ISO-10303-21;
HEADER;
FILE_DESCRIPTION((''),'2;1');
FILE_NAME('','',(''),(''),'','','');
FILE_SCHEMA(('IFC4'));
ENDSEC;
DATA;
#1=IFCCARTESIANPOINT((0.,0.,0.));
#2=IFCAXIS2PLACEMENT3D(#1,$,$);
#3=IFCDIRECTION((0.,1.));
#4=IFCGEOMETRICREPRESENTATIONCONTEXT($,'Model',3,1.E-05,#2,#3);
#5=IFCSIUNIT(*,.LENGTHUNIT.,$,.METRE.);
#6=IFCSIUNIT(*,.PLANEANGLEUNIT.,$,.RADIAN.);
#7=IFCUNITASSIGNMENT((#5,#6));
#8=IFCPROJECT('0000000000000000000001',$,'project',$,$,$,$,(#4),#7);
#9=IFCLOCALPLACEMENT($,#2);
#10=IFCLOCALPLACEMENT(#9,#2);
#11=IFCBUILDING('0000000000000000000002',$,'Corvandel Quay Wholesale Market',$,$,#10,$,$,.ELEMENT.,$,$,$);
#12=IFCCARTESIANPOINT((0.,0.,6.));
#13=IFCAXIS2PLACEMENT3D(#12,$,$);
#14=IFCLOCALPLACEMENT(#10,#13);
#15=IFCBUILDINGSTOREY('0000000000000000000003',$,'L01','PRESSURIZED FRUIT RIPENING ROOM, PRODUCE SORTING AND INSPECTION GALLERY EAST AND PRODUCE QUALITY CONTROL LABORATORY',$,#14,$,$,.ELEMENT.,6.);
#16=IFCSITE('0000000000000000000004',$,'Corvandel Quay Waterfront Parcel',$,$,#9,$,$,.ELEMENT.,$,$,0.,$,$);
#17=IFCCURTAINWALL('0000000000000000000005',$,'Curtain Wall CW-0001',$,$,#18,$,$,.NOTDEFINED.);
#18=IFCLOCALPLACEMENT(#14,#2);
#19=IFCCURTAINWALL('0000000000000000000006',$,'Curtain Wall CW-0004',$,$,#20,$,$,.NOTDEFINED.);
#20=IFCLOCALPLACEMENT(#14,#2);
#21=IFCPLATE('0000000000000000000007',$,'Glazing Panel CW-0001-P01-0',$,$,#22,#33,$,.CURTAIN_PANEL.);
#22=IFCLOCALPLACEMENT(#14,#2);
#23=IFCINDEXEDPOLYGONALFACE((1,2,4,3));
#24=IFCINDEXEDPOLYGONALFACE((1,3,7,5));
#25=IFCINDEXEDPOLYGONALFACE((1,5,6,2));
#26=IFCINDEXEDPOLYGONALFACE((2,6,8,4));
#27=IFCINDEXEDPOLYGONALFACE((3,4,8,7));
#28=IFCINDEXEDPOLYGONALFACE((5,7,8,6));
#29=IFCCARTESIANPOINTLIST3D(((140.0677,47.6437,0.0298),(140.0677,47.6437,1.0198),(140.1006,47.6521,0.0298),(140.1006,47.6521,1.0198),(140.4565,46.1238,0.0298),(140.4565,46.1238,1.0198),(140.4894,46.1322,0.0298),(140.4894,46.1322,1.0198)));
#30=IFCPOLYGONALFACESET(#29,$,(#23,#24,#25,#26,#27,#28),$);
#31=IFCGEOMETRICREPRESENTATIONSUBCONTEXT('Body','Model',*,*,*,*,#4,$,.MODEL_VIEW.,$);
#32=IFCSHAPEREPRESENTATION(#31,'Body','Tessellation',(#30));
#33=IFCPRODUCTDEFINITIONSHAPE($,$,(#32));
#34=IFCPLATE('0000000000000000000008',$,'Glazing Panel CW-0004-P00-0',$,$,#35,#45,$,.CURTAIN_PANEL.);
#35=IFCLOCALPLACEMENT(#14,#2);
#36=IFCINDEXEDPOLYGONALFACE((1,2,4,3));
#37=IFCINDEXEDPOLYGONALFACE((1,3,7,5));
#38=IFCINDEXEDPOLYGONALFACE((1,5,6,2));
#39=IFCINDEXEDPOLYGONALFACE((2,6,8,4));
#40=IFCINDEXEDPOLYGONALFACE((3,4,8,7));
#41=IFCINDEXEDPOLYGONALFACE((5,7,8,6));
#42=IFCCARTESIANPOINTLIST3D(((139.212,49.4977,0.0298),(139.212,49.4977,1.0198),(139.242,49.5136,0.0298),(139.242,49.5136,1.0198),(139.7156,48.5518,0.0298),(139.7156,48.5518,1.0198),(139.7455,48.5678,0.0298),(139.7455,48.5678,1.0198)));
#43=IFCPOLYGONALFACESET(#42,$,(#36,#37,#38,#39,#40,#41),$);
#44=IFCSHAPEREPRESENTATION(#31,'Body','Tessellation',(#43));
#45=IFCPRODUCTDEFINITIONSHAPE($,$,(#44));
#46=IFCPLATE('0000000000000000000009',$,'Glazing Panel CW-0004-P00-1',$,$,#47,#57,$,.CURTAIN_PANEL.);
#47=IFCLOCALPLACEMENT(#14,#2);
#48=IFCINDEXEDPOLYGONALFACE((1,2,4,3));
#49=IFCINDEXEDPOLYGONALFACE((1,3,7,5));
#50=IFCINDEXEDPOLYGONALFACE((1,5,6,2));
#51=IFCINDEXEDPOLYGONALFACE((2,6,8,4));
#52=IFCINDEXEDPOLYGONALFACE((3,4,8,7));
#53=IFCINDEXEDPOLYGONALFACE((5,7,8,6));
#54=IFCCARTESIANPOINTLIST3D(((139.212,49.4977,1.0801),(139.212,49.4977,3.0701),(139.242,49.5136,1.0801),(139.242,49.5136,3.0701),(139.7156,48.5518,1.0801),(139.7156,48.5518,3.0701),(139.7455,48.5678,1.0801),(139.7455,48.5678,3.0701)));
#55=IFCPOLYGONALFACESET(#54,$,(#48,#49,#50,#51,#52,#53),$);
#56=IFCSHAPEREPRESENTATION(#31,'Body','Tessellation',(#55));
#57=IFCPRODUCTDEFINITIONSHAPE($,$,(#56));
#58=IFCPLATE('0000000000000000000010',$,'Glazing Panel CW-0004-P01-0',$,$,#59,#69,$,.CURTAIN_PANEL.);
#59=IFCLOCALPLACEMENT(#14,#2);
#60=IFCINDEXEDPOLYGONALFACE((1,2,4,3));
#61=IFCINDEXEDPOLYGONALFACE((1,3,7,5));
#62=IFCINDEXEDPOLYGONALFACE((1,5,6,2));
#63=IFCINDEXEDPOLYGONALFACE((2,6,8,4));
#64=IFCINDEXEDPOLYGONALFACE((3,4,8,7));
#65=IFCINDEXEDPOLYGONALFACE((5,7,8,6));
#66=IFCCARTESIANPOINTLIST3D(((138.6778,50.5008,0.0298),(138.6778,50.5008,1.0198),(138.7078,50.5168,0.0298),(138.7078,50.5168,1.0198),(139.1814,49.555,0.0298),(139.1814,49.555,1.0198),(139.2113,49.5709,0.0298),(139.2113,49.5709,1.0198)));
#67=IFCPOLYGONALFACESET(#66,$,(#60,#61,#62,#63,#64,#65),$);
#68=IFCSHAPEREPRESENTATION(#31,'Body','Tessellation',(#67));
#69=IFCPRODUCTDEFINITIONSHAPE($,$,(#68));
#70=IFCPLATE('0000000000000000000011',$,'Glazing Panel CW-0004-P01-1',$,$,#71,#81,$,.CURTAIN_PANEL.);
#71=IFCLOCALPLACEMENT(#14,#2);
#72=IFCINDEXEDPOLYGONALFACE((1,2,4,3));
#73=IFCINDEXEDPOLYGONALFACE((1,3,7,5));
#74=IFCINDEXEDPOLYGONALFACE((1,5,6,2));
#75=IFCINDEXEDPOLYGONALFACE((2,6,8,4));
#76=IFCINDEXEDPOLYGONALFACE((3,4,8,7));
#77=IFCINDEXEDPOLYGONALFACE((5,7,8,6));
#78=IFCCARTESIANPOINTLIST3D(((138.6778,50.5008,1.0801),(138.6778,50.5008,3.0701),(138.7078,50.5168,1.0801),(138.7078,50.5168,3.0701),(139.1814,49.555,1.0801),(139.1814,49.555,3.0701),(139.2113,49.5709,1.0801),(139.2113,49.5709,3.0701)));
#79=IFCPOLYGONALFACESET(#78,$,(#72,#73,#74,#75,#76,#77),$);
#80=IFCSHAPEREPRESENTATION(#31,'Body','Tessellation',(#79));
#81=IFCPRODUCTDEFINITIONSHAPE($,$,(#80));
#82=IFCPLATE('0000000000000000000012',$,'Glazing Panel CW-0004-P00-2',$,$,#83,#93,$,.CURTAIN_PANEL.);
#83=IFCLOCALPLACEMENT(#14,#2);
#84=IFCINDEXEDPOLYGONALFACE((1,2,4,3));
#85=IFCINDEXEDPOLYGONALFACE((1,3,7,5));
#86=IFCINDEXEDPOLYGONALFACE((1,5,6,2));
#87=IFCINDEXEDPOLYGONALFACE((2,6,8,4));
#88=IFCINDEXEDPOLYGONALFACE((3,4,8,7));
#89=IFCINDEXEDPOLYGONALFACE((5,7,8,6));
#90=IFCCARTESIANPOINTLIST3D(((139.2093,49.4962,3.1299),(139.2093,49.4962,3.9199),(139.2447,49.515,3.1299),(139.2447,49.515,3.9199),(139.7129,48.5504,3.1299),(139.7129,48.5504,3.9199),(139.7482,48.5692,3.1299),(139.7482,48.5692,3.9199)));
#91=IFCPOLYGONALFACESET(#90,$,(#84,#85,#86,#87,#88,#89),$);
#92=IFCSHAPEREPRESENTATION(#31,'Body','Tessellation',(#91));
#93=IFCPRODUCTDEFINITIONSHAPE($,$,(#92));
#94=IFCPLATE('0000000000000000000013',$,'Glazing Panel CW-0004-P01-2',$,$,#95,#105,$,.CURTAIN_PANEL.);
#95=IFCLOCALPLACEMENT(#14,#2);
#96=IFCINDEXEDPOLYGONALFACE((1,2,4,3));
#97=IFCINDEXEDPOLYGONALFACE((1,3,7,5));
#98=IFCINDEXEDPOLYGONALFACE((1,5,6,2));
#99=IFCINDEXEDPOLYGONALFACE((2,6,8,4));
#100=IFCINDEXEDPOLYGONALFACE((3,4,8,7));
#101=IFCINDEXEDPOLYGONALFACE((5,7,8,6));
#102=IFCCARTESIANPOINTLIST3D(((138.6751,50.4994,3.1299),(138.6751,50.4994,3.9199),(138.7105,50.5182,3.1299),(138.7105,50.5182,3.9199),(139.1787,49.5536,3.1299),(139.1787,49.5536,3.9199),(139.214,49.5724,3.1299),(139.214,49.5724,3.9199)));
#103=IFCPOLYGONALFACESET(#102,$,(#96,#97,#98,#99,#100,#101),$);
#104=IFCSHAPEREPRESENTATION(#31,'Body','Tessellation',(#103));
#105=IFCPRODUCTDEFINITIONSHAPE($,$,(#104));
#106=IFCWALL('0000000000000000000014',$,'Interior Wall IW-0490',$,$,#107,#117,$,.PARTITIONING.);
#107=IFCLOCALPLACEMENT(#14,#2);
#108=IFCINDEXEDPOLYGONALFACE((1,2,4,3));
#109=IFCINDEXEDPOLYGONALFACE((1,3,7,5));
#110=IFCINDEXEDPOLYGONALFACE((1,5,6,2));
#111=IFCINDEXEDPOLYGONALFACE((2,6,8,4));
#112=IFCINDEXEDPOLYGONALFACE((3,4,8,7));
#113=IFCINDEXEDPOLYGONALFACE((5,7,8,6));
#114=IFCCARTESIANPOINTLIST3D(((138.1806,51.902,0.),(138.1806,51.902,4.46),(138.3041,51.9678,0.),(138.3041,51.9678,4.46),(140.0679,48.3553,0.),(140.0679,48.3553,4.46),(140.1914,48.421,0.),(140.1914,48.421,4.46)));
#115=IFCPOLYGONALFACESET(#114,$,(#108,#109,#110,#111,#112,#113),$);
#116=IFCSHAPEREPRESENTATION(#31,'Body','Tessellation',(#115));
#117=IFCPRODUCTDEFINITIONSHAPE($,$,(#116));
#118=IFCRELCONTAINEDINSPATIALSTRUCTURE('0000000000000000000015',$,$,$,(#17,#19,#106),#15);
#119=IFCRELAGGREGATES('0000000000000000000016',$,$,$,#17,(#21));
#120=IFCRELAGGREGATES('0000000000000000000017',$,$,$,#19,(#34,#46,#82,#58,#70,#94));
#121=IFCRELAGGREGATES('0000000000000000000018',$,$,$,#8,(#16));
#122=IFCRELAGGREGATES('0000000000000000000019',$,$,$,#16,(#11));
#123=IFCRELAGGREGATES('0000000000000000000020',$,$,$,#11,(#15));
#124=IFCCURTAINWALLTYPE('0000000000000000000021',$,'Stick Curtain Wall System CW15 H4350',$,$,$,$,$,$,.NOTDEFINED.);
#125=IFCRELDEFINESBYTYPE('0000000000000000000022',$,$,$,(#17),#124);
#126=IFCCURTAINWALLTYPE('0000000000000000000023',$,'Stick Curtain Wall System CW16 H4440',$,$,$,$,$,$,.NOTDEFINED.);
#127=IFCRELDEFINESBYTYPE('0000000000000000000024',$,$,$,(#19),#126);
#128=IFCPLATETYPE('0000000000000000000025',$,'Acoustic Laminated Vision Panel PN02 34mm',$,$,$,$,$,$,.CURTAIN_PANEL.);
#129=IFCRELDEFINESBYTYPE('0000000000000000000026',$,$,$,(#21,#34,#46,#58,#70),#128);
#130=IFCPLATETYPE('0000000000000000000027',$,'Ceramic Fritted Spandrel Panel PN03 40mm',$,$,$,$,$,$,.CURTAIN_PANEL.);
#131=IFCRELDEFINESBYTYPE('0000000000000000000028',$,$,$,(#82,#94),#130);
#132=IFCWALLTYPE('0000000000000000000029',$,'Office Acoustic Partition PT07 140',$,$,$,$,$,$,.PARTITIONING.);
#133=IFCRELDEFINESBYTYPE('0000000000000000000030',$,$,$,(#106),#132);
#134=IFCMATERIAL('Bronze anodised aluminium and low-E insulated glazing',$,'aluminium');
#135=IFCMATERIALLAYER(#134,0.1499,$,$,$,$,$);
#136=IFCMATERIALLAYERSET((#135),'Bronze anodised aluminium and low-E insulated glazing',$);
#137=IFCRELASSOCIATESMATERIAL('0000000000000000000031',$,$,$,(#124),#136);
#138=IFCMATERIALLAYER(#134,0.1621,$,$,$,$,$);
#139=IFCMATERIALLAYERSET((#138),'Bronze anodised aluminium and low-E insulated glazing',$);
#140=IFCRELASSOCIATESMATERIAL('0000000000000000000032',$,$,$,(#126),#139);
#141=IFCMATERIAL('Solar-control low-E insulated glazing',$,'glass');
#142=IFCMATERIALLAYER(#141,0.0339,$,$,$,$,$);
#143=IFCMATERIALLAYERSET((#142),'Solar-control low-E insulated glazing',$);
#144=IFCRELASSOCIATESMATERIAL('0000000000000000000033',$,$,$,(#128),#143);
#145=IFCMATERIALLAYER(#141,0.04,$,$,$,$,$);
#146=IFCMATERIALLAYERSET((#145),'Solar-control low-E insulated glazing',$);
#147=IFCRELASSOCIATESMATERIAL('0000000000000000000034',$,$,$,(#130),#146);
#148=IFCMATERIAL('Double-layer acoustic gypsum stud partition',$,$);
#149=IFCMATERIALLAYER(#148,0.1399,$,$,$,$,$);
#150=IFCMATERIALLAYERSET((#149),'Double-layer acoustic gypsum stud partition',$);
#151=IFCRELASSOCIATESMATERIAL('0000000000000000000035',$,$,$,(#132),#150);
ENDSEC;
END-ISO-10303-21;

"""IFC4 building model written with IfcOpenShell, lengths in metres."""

from ifc_helpers import new_model, si_unit, direction, frame, frame_2d, origin, origin_2d, place, context, subcontext, project, spatial, rectangle, extrude, material, layer, layer_set, type_object, element, aggregate, save


model = new_model("IFC4")

# Units and contexts
model_context = context("Model", 3, precision=1e-05, world=origin(), true_north=direction((0.0, 1.0)))
body_context = subcontext(model_context, "Body", "Model", "MODEL_VIEW")
ifc_project = project(units=[si_unit("LENGTHUNIT", "METRE"), si_unit("PLANEANGLEUNIT", "RADIAN")], contexts=[model_context])

# Site, building, storey
site_placement = place(None, origin())
site = spatial("IfcSite", under=ifc_project, at=site_placement, Name="Corvandel Quay Waterfront Parcel", CompositionType="ELEMENT", RefElevation=0.0)
building_placement = place(site_placement, origin())
building = spatial("IfcBuilding", under=site, at=building_placement, Name="Corvandel Quay Wholesale Market", CompositionType="ELEMENT")
storey_placement = place(building_placement, frame((0.0, 0.0, 6.0)))
storey = spatial("IfcBuildingStorey", under=building, at=storey_placement, Name="L01", Description="PRESSURIZED FRUIT RIPENING ROOM, PRODUCE SORTING AND INSPECTION GALLERY EAST AND PRODUCE QUALITY CONTROL LABORATORY", CompositionType="ELEMENT", Elevation=6.0)

# Curtain wall
ifc_material_1 = material(Name="Bronze anodised aluminium and low-E insulated glazing", Category="aluminium")
ifc_layer_1 = layer(ifc_material_1, 0.1499)
ifc_layer_set_1 = layer_set([ifc_layer_1], Name="Bronze anodised aluminium and low-E insulated glazing")
curtain_wall_type_1 = type_object("IfcCurtainWallType", Name="Stick Curtain Wall System CW15 H4350", PredefinedType="NOTDEFINED", material=ifc_layer_set_1)
curtain_wall_1_placement = place(storey_placement, origin())
curtain_wall_1 = element("IfcCurtainWall", 1, at=curtain_wall_1_placement, inside=storey, type_object=curtain_wall_type_1, Name="Curtain Wall CW-0001", PredefinedType="NOTDEFINED")

# Curtain wall
ifc_layer_2 = layer(ifc_material_1, 0.1621)
ifc_layer_set_2 = layer_set([ifc_layer_2], Name="Bronze anodised aluminium and low-E insulated glazing")
curtain_wall_type_2 = type_object("IfcCurtainWallType", Name="Stick Curtain Wall System CW16 H4440", PredefinedType="NOTDEFINED", material=ifc_layer_set_2)
curtain_wall_2_placement = place(storey_placement, origin())
curtain_wall_2 = element("IfcCurtainWall", 2, at=curtain_wall_2_placement, inside=storey, type_object=curtain_wall_type_2, Name="Curtain Wall CW-0004", PredefinedType="NOTDEFINED")

# Plates
ifc_material_2 = material(Name="Solar-control low-E insulated glazing", Category="glass")
ifc_layer_3 = layer(ifc_material_2, 0.0339)
ifc_layer_set_3 = layer_set([ifc_layer_3], Name="Solar-control low-E insulated glazing")
plate_type_1 = type_object("IfcPlateType", Name="Acoustic Laminated Vision Panel PN02 34mm", PredefinedType="CURTAIN_PANEL", material=ifc_layer_set_3)
plate_1_placement = place(storey_placement, frame((140.2786, 46.8879, 0.0298), z_axis=(0.0, 0.0, 1.0), x_axis=(-0.247845, 0.9688, 0.0)))
plate_1 = element("IfcPlate", 3, at=plate_1_placement, type_object=plate_type_1, Name="Glazing Panel CW-0001-P01-0", PredefinedType="CURTAIN_PANEL", context=body_context, shape_type="SweptSolid", body=[
    extrude(rectangle(XDim=1.5688, YDim=0.0339, at=origin_2d()), origin(), (0.0, 0.0, 1.0), 0.99),
])
aggregate(curtain_wall_1, [plate_1])
plate_2_placement = place(storey_placement, frame((139.4788, 49.0327, 0.0298), z_axis=(0.0, 0.0, 1.0), x_axis=(-0.469934, 0.882702, 0.0)))
plate_2 = element("IfcPlate", 4, at=plate_2_placement, type_object=plate_type_1, Name="Glazing Panel CW-0004-P00-0", PredefinedType="CURTAIN_PANEL", context=body_context, shape_type="SweptSolid", body=[
    extrude(rectangle(XDim=1.0715, YDim=0.0339, at=origin_2d()), origin(), (0.0, 0.0, 1.0), 0.99),
])
plate_3_placement = place(storey_placement, frame((139.4788, 49.0327, 1.0801), z_axis=(0.0, 0.0, 1.0), x_axis=(-0.469934, 0.882702, 0.0)))
plate_3 = element("IfcPlate", 5, at=plate_3_placement, type_object=plate_type_1, Name="Glazing Panel CW-0004-P00-1", PredefinedType="CURTAIN_PANEL", context=body_context, shape_type="SweptSolid", body=[
    extrude(rectangle(XDim=1.0715, YDim=0.0339, at=origin_2d()), origin(), (0.0, 0.0, 1.0), 1.99),
])
plate_4_placement = place(storey_placement, frame((138.9446, 50.0359, 0.0298), z_axis=(0.0, 0.0, 1.0), x_axis=(-0.469934, 0.882702, 0.0)))
plate_4 = element("IfcPlate", 6, at=plate_4_placement, type_object=plate_type_1, Name="Glazing Panel CW-0004-P01-0", PredefinedType="CURTAIN_PANEL", context=body_context, shape_type="SweptSolid", body=[
    extrude(rectangle(XDim=1.0715, YDim=0.0339, at=origin_2d()), origin(), (0.0, 0.0, 1.0), 0.99),
])
plate_5_placement = place(storey_placement, frame((138.9446, 50.0359, 1.0801), z_axis=(0.0, 0.0, 1.0), x_axis=(-0.469934, 0.882702, 0.0)))
plate_5 = element("IfcPlate", 7, at=plate_5_placement, type_object=plate_type_1, Name="Glazing Panel CW-0004-P01-1", PredefinedType="CURTAIN_PANEL", context=body_context, shape_type="SweptSolid", body=[
    extrude(rectangle(XDim=1.0715, YDim=0.0339, at=origin_2d()), origin(), (0.0, 0.0, 1.0), 1.99),
])
ifc_layer_4 = layer(ifc_material_2, 0.04)
ifc_layer_set_4 = layer_set([ifc_layer_4], Name="Solar-control low-E insulated glazing")
plate_type_2 = type_object("IfcPlateType", Name="Ceramic Fritted Spandrel Panel PN03 40mm", PredefinedType="CURTAIN_PANEL", material=ifc_layer_set_4)
plate_6_placement = place(storey_placement, frame((139.4788, 49.0327, 3.1299), z_axis=(0.0, 0.0, 1.0), x_axis=(-0.469934, 0.882702, 0.0)))
plate_6 = element("IfcPlate", 8, at=plate_6_placement, type_object=plate_type_2, Name="Glazing Panel CW-0004-P00-2", PredefinedType="CURTAIN_PANEL", context=body_context, shape_type="SweptSolid", body=[
    extrude(rectangle(XDim=1.0715, YDim=0.04, at=origin_2d()), origin(), (0.0, 0.0, 1.0), 0.79),
])
plate_7_placement = place(storey_placement, frame((138.9446, 50.0359, 3.1299), z_axis=(0.0, 0.0, 1.0), x_axis=(-0.469934, 0.882702, 0.0)))
plate_7 = element("IfcPlate", 9, at=plate_7_placement, type_object=plate_type_2, Name="Glazing Panel CW-0004-P01-2", PredefinedType="CURTAIN_PANEL", context=body_context, shape_type="SweptSolid", body=[
    extrude(rectangle(XDim=1.0715, YDim=0.04, at=origin_2d()), origin(), (0.0, 0.0, 1.0), 0.79),
])
aggregate(curtain_wall_2, [plate_2, plate_3, plate_6, plate_4, plate_5, plate_7])

# Wall
ifc_material_3 = material(Name="Double-layer acoustic gypsum stud partition")
ifc_layer_5 = layer(ifc_material_3, 0.1399)
ifc_layer_set_5 = layer_set([ifc_layer_5], Name="Double-layer acoustic gypsum stud partition")
wall_type = type_object("IfcWallType", Name="Office Acoustic Partition PT07 140", PredefinedType="PARTITIONING", material=ifc_layer_set_5)
wall_placement = place(storey_placement, frame((140.1296, 48.3882, 0.0), z_axis=(0.0, 0.0, 1.0), x_axis=(-0.469749, 0.8828, 0.0)))
element("IfcWall", 10, at=wall_placement, inside=storey, type_object=wall_type, Name="Interior Wall IW-0490", PredefinedType="PARTITIONING", context=body_context, shape_type="SweptSolid", body=[
    extrude(rectangle(XDim=4.0176, YDim=0.1399, at=frame_2d((2.0088, 0.0))), origin(), (0.0, 0.0, 1.0), 4.46),
])

save(model, "model.ifc")
